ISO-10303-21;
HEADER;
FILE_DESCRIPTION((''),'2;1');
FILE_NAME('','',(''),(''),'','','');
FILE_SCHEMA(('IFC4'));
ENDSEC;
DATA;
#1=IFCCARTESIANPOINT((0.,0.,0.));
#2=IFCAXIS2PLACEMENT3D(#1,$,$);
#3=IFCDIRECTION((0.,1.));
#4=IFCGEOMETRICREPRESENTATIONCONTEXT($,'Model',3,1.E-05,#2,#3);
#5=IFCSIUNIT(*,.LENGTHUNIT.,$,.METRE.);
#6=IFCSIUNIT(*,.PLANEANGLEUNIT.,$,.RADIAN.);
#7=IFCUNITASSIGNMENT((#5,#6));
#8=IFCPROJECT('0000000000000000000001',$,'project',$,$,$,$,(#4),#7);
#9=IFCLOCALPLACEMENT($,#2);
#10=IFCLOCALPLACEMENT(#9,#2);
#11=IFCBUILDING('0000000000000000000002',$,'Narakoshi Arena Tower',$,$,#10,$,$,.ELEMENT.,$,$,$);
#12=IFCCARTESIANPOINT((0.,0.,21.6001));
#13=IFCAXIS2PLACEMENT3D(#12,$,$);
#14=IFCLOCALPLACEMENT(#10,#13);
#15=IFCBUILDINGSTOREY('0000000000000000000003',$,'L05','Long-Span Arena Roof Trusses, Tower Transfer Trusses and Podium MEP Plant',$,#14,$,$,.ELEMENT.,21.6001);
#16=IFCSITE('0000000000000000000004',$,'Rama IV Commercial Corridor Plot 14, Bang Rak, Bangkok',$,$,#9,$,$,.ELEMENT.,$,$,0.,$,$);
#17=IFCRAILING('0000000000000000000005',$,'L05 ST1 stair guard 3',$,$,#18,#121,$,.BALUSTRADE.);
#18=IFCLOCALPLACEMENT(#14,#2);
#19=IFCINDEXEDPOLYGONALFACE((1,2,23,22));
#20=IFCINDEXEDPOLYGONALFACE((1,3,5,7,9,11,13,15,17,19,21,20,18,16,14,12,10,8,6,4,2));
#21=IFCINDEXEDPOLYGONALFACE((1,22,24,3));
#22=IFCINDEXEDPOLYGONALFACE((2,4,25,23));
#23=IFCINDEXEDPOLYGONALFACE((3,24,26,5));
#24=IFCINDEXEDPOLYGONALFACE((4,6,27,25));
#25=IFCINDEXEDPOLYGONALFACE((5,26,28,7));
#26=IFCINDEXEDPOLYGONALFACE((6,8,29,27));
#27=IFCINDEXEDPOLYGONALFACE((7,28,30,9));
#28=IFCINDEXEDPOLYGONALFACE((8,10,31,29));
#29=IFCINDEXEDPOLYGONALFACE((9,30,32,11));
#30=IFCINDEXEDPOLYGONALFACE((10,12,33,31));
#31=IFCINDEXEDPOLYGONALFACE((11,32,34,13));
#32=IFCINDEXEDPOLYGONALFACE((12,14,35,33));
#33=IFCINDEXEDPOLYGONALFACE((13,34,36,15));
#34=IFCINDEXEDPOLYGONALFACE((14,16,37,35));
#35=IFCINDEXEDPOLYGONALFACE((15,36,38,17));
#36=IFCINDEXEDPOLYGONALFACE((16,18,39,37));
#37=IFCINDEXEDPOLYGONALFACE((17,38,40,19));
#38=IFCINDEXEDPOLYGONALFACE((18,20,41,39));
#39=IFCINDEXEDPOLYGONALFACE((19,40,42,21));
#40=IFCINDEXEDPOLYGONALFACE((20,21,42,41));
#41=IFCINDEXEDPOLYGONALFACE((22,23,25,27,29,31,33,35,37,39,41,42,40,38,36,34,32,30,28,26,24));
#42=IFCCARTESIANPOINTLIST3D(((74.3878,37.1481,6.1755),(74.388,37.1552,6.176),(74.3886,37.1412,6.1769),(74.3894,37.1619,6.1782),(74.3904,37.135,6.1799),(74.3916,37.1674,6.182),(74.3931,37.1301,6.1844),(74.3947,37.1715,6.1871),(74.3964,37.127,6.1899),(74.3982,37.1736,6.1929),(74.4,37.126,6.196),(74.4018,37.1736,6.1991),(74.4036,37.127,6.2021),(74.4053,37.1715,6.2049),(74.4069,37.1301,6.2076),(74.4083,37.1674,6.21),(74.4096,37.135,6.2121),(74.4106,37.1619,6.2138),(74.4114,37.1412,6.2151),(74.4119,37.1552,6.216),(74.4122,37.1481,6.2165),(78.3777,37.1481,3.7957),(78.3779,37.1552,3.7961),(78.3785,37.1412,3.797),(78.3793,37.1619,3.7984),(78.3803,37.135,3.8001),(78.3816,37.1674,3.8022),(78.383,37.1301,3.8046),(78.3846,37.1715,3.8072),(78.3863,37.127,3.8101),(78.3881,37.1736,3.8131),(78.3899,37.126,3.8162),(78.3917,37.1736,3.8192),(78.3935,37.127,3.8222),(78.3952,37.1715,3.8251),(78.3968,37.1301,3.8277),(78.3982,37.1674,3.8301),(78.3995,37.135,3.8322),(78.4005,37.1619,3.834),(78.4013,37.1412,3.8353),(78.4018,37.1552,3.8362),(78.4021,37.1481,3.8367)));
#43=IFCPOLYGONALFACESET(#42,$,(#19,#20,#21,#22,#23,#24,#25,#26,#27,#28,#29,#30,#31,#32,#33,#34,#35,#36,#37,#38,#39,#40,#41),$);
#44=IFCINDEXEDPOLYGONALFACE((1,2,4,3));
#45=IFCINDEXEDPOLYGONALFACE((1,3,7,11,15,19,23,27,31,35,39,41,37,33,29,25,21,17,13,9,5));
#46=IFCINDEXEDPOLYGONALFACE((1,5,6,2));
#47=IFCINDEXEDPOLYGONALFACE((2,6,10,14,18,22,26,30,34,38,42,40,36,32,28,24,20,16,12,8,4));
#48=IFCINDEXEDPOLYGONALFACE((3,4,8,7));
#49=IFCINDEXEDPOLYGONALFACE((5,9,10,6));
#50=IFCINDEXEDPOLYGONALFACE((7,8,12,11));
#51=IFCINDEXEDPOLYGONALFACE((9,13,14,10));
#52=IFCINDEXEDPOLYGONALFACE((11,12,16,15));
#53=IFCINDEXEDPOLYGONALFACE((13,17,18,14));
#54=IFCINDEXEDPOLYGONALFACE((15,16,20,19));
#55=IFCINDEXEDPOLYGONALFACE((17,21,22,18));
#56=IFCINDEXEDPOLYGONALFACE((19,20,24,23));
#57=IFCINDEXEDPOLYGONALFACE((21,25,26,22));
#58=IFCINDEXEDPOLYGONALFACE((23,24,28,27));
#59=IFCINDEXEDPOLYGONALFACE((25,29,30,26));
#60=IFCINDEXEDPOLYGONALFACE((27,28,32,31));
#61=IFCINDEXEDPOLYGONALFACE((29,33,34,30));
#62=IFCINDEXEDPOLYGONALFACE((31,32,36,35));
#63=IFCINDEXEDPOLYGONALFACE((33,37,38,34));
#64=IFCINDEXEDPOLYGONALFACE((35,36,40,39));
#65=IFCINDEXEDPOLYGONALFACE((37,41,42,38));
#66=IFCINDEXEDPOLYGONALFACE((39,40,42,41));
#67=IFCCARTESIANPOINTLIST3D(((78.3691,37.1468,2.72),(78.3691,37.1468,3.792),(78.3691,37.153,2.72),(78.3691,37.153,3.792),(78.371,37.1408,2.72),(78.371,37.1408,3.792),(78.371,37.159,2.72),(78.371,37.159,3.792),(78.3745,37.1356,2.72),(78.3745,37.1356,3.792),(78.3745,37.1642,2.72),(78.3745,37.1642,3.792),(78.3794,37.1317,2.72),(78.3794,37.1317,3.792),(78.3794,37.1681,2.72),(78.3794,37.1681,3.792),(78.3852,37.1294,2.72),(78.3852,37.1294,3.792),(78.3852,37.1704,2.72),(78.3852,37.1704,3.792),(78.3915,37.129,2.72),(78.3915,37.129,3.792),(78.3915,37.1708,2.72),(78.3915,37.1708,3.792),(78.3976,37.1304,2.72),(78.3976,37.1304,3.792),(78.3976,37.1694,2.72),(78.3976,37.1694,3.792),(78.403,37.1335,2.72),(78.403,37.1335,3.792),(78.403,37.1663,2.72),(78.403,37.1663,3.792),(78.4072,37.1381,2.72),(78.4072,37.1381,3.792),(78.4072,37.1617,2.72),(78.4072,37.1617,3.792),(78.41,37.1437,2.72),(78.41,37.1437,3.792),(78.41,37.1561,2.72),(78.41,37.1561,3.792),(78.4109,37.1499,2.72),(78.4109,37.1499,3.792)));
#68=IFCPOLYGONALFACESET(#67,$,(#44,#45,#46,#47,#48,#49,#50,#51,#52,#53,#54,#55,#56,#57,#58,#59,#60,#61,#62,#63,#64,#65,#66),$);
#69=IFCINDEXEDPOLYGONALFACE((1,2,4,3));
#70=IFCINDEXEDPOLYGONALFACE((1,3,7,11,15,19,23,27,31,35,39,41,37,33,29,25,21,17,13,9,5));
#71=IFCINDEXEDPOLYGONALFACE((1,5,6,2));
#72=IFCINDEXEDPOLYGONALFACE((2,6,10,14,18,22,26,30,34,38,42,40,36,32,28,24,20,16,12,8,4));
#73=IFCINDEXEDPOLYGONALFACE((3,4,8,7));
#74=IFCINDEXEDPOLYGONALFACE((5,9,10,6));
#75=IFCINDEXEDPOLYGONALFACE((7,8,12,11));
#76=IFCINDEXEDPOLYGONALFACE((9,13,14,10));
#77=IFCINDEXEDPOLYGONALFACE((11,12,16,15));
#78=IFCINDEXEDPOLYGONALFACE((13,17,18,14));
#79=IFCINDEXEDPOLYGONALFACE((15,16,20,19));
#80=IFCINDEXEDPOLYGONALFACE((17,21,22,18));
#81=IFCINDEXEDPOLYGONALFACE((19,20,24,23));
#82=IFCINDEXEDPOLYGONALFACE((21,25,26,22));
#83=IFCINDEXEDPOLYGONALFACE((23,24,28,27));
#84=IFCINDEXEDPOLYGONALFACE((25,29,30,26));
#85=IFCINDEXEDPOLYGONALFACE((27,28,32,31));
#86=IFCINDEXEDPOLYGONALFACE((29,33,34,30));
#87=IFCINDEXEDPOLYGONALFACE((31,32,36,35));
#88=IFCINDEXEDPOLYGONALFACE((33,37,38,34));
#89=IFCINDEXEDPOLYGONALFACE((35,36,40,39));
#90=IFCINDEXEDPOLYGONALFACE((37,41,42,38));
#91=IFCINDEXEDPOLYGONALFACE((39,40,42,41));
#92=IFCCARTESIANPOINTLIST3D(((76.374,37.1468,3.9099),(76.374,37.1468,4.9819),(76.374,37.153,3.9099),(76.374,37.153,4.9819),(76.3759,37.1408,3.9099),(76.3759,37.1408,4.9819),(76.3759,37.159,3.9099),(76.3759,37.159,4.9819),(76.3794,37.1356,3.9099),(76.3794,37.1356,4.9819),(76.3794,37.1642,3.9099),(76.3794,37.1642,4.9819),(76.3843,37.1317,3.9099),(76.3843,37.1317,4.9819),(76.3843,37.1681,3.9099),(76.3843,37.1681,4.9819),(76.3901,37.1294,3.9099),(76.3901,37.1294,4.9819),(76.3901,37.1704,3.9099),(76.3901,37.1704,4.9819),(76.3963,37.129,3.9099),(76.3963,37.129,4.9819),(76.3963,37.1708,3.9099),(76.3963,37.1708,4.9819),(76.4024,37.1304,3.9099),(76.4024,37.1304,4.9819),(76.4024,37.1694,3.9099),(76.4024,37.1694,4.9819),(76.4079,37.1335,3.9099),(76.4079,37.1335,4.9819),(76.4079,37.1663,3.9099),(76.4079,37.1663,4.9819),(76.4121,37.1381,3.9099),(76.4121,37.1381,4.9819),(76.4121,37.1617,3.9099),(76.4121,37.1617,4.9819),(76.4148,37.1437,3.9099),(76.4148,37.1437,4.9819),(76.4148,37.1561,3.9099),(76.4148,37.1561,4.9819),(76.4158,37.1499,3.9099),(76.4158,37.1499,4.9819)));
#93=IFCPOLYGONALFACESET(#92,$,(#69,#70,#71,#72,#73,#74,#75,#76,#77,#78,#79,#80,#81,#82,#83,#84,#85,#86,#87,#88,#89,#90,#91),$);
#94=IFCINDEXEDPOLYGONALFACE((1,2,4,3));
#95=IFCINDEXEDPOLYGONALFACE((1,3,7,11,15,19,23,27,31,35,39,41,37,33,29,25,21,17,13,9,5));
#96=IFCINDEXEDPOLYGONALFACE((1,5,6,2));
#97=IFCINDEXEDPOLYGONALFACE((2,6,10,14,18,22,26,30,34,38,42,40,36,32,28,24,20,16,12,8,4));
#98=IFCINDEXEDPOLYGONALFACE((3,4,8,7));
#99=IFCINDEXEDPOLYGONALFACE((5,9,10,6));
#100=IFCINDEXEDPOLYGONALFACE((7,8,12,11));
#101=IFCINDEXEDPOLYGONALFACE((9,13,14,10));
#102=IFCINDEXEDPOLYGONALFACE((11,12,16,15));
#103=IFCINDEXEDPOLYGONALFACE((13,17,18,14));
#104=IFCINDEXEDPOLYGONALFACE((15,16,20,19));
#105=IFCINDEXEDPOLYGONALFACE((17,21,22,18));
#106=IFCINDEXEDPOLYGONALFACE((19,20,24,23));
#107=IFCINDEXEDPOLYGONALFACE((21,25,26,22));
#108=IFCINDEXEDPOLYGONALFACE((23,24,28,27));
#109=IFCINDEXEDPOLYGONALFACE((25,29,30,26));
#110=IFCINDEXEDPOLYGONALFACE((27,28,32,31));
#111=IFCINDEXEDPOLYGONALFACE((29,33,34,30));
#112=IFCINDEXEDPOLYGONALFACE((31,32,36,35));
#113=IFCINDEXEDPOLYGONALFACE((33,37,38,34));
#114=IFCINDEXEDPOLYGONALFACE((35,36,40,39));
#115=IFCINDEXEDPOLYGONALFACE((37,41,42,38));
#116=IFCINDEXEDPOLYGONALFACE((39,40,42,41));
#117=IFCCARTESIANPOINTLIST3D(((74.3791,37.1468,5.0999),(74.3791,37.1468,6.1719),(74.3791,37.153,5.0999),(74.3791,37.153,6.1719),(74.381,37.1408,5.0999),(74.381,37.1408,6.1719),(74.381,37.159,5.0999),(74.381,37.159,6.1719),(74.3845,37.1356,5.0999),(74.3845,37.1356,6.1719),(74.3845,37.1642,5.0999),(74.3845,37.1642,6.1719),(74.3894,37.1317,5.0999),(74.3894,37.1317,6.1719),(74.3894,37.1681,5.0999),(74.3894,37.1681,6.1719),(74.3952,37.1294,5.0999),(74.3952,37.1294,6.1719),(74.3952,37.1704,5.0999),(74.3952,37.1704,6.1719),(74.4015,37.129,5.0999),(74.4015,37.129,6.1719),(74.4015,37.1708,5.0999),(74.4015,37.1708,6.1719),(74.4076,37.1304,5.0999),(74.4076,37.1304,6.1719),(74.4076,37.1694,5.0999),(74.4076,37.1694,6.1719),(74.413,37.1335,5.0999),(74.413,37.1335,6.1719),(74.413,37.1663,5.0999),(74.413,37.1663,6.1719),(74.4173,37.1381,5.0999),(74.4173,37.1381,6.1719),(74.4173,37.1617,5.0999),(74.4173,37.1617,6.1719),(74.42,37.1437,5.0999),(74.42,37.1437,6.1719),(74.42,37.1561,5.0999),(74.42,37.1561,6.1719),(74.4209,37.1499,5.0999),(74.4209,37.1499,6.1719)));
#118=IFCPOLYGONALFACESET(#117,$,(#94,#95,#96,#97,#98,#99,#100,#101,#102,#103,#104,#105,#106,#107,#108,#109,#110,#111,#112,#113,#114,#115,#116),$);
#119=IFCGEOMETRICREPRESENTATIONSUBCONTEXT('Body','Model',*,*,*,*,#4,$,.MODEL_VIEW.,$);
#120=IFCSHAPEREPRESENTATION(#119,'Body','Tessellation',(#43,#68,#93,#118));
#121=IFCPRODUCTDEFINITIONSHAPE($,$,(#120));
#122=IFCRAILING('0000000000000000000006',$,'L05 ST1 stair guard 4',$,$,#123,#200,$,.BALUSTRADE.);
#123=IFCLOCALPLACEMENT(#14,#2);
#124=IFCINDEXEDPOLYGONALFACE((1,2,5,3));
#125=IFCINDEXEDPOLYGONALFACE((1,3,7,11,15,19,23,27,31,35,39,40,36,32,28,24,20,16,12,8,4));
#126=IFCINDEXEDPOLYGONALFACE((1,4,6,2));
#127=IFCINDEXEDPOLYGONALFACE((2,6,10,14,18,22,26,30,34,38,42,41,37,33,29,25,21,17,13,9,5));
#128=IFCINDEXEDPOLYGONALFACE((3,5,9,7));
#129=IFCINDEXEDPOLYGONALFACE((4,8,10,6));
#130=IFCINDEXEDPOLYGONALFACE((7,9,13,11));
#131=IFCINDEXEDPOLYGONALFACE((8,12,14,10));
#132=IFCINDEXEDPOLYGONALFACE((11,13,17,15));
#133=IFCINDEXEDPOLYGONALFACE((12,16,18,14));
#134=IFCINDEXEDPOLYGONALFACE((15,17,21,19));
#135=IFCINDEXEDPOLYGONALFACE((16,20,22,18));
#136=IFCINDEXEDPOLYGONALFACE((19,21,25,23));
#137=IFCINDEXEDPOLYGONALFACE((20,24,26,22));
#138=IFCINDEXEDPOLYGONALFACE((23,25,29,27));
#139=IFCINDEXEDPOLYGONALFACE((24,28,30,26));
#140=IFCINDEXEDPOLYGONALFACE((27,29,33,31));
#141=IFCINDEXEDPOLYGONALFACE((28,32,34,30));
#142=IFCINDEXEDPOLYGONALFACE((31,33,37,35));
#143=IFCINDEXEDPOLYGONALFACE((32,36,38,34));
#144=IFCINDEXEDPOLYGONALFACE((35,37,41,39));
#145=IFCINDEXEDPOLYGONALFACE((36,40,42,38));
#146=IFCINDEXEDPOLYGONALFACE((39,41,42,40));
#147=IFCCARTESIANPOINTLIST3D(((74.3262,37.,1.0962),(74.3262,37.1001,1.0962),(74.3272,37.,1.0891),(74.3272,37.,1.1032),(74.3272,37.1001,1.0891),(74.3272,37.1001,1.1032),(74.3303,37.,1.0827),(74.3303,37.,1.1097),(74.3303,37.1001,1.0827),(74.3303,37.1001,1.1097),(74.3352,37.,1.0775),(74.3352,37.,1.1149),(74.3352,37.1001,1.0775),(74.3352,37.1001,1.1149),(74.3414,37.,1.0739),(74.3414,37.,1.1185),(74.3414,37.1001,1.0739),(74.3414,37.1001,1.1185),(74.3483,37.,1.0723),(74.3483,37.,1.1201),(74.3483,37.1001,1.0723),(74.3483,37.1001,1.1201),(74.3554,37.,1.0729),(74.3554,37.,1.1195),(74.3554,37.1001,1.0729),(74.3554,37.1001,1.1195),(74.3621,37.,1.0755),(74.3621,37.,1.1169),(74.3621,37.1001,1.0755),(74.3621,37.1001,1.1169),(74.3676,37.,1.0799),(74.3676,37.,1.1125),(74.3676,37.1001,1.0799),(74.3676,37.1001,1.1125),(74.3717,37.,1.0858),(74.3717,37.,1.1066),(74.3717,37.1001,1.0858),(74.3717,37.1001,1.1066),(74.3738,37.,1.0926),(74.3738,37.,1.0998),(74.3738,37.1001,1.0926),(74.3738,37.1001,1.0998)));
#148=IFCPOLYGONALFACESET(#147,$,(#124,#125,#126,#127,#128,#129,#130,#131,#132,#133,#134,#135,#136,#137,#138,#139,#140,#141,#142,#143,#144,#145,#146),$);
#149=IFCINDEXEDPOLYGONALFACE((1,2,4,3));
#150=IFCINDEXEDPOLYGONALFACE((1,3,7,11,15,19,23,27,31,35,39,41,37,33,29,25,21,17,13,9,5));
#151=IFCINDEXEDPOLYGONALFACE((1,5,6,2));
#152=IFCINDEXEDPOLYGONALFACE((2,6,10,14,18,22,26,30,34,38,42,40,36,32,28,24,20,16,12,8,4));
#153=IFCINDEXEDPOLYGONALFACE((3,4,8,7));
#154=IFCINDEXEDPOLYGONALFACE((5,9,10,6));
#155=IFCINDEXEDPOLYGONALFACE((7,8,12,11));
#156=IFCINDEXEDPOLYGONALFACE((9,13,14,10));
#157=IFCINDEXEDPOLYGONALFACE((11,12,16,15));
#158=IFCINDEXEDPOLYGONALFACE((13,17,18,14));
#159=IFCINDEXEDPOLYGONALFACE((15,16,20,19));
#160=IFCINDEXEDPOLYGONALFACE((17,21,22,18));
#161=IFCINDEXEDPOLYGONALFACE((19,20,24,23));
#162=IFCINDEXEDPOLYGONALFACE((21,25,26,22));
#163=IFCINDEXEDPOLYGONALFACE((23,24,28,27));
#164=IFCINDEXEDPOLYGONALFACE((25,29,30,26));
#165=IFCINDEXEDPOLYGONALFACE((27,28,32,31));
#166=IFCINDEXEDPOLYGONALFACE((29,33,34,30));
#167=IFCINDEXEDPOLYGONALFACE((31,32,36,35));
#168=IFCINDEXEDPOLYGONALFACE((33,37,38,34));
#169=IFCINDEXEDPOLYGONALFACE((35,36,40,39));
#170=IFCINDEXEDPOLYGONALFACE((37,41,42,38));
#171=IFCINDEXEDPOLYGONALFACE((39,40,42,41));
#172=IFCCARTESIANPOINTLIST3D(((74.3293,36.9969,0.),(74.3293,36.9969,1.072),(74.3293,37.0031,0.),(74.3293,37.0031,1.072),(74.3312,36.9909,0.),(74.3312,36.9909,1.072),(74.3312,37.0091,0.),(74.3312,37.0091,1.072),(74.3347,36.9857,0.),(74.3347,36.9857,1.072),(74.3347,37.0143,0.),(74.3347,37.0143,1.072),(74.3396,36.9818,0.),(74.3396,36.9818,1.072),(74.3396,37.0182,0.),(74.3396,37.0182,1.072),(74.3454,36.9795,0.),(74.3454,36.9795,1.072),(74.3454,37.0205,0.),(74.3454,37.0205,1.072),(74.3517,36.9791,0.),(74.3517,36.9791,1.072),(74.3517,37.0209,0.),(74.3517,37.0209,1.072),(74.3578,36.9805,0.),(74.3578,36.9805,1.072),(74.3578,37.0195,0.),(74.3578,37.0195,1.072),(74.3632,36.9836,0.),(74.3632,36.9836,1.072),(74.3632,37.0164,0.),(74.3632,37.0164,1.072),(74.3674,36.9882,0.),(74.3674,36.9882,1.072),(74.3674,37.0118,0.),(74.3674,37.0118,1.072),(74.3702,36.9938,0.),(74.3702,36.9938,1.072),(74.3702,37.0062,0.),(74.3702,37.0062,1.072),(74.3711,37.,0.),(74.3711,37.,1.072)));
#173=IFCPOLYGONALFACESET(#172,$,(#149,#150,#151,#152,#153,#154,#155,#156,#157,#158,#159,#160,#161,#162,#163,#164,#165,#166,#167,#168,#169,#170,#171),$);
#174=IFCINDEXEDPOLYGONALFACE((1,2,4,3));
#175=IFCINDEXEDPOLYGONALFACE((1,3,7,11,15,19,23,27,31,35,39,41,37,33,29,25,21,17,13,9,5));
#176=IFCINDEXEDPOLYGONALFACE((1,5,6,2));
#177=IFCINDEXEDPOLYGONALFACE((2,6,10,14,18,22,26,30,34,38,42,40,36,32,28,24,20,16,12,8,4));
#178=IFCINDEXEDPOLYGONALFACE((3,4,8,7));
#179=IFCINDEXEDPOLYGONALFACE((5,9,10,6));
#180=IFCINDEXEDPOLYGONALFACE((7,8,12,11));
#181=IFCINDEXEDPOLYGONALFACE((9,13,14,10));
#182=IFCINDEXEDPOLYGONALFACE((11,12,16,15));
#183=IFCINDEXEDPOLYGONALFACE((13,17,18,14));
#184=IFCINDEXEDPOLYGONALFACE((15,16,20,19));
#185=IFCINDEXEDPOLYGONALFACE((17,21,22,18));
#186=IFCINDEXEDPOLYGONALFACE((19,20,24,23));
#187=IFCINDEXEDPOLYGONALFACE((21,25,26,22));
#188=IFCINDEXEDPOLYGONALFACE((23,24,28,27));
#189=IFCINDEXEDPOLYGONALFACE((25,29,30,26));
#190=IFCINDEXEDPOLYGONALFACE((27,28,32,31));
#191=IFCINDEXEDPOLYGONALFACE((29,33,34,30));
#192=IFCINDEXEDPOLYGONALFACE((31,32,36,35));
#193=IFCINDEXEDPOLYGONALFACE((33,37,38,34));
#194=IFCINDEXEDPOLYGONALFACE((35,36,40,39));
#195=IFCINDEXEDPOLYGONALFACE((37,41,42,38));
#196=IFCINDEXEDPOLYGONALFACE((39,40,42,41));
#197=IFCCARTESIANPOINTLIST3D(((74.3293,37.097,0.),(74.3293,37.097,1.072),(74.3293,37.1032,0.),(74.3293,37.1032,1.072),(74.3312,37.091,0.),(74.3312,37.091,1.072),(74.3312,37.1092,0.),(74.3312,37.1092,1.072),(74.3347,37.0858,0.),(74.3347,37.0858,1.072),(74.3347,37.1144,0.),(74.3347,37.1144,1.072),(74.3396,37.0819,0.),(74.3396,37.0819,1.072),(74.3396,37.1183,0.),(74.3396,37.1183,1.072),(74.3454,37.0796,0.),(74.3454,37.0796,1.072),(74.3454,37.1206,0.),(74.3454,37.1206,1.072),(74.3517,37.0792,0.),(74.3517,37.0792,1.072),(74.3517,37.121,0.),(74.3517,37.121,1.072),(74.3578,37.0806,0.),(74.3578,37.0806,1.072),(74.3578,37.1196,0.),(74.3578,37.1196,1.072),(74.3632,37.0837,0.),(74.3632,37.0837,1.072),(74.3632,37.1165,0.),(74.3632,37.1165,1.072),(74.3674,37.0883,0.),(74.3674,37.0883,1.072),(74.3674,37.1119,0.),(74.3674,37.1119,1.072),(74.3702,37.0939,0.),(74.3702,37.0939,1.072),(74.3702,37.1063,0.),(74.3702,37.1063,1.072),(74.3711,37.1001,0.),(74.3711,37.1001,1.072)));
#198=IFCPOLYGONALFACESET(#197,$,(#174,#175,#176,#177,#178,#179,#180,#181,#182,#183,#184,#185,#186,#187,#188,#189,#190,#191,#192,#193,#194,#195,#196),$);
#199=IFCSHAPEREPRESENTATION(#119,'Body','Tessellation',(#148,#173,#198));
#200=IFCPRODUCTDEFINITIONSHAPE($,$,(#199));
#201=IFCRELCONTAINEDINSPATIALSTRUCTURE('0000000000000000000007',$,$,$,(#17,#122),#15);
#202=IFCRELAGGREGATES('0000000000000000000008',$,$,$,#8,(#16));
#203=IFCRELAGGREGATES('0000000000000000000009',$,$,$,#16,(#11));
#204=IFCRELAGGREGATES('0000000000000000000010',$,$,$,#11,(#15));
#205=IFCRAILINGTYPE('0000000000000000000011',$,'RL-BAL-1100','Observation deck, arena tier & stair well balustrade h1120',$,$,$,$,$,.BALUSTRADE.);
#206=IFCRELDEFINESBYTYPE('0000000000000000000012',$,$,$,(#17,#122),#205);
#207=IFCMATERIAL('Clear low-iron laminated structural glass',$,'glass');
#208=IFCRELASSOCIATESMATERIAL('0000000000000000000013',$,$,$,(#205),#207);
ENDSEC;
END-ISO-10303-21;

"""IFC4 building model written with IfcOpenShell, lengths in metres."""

from ifc_helpers import new_model, si_unit, direction, frame, origin, origin_2d, place, context, subcontext, project, spatial, circle, extrude, material, type_object, element, save


model = new_model("IFC4")

# Units and contexts
model_context = context("Model", 3, precision=1e-05, world=origin(), true_north=direction((0.0, 1.0)))
body_context = subcontext(model_context, "Body", "Model", "MODEL_VIEW")
ifc_project = project(units=[si_unit("LENGTHUNIT", "METRE"), si_unit("PLANEANGLEUNIT", "RADIAN")], contexts=[model_context])

# Site, building, storey
site_placement = place(None, origin())
site = spatial("IfcSite", under=ifc_project, at=site_placement, Name="Rama IV Commercial Corridor Plot 14, Bang Rak, Bangkok", CompositionType="ELEMENT", RefElevation=0.0)
building_placement = place(site_placement, origin())
building = spatial("IfcBuilding", under=site, at=building_placement, Name="Narakoshi Arena Tower", CompositionType="ELEMENT")
storey_placement = place(building_placement, frame((0.0, 0.0, 21.6001)))
storey = spatial("IfcBuildingStorey", under=building, at=storey_placement, Name="L05", Description="Long-Span Arena Roof Trusses, Tower Transfer Trusses and Podium MEP Plant", CompositionType="ELEMENT", Elevation=21.6001)

# Railings
ifc_material_1 = material(Name="Clear low-iron laminated structural glass", Category="glass")
railing_type_1 = type_object("IfcRailingType", Name="RL-BAL-1100", Description="Observation deck, arena tier & stair well balustrade h1120", PredefinedType="BALUSTRADE", material=ifc_material_1)
railing_1_placement = place(storey_placement, frame((78.3899, 37.1499, 2.72)))
element("IfcRailing", 1, at=railing_1_placement, inside=storey, type_object=railing_type_1, Name="L05 ST1 stair guard 3", PredefinedType="BALUSTRADE", context=body_context, shape_type="SweptSolid", body=[
    extrude(circle(Radius=0.0239, at=origin_2d()), frame((0.0, 0.0, 1.0962), z_axis=(-0.85883, 0.0, 0.512261), x_axis=(0.0, -1.0, 0.0)), (0.0, 0.0, 1.0), 4.6458),
    extrude(circle(Radius=0.021, at=origin_2d()), origin(), (0.0, 0.0, 1.0), 1.072),
    extrude(circle(Radius=0.021, at=origin_2d()), frame((-1.9951, 0.0, 1.1899)), (0.0, 0.0, 1.0), 1.072),
    extrude(circle(Radius=0.021, at=origin_2d()), frame((-3.99, 0.0, 2.3799)), (0.0, 0.0, 1.0), 1.072),
])
railing_2_placement = place(storey_placement, frame((74.3501, 37.0, 0.0)))
element("IfcRailing", 2, at=railing_2_placement, inside=storey, type_object=railing_type_1, Name="L05 ST1 stair guard 4", PredefinedType="BALUSTRADE", context=body_context, shape_type="SweptSolid", body=[
    extrude(circle(Radius=0.0239, at=origin_2d()), frame((0.0, 0.0, 1.0962), z_axis=(0.0, 1.0, 0.0), x_axis=(-1.0, 0.0, 0.0)), (0.0, 0.0, 1.0), 0.1001),
    extrude(circle(Radius=0.021, at=origin_2d()), origin(), (0.0, 0.0, 1.0), 1.072),
    extrude(circle(Radius=0.021, at=origin_2d()), frame((0.0, 0.1001, 0.0)), (0.0, 0.0, 1.0), 1.072),
])

save(model, "model.ifc")
